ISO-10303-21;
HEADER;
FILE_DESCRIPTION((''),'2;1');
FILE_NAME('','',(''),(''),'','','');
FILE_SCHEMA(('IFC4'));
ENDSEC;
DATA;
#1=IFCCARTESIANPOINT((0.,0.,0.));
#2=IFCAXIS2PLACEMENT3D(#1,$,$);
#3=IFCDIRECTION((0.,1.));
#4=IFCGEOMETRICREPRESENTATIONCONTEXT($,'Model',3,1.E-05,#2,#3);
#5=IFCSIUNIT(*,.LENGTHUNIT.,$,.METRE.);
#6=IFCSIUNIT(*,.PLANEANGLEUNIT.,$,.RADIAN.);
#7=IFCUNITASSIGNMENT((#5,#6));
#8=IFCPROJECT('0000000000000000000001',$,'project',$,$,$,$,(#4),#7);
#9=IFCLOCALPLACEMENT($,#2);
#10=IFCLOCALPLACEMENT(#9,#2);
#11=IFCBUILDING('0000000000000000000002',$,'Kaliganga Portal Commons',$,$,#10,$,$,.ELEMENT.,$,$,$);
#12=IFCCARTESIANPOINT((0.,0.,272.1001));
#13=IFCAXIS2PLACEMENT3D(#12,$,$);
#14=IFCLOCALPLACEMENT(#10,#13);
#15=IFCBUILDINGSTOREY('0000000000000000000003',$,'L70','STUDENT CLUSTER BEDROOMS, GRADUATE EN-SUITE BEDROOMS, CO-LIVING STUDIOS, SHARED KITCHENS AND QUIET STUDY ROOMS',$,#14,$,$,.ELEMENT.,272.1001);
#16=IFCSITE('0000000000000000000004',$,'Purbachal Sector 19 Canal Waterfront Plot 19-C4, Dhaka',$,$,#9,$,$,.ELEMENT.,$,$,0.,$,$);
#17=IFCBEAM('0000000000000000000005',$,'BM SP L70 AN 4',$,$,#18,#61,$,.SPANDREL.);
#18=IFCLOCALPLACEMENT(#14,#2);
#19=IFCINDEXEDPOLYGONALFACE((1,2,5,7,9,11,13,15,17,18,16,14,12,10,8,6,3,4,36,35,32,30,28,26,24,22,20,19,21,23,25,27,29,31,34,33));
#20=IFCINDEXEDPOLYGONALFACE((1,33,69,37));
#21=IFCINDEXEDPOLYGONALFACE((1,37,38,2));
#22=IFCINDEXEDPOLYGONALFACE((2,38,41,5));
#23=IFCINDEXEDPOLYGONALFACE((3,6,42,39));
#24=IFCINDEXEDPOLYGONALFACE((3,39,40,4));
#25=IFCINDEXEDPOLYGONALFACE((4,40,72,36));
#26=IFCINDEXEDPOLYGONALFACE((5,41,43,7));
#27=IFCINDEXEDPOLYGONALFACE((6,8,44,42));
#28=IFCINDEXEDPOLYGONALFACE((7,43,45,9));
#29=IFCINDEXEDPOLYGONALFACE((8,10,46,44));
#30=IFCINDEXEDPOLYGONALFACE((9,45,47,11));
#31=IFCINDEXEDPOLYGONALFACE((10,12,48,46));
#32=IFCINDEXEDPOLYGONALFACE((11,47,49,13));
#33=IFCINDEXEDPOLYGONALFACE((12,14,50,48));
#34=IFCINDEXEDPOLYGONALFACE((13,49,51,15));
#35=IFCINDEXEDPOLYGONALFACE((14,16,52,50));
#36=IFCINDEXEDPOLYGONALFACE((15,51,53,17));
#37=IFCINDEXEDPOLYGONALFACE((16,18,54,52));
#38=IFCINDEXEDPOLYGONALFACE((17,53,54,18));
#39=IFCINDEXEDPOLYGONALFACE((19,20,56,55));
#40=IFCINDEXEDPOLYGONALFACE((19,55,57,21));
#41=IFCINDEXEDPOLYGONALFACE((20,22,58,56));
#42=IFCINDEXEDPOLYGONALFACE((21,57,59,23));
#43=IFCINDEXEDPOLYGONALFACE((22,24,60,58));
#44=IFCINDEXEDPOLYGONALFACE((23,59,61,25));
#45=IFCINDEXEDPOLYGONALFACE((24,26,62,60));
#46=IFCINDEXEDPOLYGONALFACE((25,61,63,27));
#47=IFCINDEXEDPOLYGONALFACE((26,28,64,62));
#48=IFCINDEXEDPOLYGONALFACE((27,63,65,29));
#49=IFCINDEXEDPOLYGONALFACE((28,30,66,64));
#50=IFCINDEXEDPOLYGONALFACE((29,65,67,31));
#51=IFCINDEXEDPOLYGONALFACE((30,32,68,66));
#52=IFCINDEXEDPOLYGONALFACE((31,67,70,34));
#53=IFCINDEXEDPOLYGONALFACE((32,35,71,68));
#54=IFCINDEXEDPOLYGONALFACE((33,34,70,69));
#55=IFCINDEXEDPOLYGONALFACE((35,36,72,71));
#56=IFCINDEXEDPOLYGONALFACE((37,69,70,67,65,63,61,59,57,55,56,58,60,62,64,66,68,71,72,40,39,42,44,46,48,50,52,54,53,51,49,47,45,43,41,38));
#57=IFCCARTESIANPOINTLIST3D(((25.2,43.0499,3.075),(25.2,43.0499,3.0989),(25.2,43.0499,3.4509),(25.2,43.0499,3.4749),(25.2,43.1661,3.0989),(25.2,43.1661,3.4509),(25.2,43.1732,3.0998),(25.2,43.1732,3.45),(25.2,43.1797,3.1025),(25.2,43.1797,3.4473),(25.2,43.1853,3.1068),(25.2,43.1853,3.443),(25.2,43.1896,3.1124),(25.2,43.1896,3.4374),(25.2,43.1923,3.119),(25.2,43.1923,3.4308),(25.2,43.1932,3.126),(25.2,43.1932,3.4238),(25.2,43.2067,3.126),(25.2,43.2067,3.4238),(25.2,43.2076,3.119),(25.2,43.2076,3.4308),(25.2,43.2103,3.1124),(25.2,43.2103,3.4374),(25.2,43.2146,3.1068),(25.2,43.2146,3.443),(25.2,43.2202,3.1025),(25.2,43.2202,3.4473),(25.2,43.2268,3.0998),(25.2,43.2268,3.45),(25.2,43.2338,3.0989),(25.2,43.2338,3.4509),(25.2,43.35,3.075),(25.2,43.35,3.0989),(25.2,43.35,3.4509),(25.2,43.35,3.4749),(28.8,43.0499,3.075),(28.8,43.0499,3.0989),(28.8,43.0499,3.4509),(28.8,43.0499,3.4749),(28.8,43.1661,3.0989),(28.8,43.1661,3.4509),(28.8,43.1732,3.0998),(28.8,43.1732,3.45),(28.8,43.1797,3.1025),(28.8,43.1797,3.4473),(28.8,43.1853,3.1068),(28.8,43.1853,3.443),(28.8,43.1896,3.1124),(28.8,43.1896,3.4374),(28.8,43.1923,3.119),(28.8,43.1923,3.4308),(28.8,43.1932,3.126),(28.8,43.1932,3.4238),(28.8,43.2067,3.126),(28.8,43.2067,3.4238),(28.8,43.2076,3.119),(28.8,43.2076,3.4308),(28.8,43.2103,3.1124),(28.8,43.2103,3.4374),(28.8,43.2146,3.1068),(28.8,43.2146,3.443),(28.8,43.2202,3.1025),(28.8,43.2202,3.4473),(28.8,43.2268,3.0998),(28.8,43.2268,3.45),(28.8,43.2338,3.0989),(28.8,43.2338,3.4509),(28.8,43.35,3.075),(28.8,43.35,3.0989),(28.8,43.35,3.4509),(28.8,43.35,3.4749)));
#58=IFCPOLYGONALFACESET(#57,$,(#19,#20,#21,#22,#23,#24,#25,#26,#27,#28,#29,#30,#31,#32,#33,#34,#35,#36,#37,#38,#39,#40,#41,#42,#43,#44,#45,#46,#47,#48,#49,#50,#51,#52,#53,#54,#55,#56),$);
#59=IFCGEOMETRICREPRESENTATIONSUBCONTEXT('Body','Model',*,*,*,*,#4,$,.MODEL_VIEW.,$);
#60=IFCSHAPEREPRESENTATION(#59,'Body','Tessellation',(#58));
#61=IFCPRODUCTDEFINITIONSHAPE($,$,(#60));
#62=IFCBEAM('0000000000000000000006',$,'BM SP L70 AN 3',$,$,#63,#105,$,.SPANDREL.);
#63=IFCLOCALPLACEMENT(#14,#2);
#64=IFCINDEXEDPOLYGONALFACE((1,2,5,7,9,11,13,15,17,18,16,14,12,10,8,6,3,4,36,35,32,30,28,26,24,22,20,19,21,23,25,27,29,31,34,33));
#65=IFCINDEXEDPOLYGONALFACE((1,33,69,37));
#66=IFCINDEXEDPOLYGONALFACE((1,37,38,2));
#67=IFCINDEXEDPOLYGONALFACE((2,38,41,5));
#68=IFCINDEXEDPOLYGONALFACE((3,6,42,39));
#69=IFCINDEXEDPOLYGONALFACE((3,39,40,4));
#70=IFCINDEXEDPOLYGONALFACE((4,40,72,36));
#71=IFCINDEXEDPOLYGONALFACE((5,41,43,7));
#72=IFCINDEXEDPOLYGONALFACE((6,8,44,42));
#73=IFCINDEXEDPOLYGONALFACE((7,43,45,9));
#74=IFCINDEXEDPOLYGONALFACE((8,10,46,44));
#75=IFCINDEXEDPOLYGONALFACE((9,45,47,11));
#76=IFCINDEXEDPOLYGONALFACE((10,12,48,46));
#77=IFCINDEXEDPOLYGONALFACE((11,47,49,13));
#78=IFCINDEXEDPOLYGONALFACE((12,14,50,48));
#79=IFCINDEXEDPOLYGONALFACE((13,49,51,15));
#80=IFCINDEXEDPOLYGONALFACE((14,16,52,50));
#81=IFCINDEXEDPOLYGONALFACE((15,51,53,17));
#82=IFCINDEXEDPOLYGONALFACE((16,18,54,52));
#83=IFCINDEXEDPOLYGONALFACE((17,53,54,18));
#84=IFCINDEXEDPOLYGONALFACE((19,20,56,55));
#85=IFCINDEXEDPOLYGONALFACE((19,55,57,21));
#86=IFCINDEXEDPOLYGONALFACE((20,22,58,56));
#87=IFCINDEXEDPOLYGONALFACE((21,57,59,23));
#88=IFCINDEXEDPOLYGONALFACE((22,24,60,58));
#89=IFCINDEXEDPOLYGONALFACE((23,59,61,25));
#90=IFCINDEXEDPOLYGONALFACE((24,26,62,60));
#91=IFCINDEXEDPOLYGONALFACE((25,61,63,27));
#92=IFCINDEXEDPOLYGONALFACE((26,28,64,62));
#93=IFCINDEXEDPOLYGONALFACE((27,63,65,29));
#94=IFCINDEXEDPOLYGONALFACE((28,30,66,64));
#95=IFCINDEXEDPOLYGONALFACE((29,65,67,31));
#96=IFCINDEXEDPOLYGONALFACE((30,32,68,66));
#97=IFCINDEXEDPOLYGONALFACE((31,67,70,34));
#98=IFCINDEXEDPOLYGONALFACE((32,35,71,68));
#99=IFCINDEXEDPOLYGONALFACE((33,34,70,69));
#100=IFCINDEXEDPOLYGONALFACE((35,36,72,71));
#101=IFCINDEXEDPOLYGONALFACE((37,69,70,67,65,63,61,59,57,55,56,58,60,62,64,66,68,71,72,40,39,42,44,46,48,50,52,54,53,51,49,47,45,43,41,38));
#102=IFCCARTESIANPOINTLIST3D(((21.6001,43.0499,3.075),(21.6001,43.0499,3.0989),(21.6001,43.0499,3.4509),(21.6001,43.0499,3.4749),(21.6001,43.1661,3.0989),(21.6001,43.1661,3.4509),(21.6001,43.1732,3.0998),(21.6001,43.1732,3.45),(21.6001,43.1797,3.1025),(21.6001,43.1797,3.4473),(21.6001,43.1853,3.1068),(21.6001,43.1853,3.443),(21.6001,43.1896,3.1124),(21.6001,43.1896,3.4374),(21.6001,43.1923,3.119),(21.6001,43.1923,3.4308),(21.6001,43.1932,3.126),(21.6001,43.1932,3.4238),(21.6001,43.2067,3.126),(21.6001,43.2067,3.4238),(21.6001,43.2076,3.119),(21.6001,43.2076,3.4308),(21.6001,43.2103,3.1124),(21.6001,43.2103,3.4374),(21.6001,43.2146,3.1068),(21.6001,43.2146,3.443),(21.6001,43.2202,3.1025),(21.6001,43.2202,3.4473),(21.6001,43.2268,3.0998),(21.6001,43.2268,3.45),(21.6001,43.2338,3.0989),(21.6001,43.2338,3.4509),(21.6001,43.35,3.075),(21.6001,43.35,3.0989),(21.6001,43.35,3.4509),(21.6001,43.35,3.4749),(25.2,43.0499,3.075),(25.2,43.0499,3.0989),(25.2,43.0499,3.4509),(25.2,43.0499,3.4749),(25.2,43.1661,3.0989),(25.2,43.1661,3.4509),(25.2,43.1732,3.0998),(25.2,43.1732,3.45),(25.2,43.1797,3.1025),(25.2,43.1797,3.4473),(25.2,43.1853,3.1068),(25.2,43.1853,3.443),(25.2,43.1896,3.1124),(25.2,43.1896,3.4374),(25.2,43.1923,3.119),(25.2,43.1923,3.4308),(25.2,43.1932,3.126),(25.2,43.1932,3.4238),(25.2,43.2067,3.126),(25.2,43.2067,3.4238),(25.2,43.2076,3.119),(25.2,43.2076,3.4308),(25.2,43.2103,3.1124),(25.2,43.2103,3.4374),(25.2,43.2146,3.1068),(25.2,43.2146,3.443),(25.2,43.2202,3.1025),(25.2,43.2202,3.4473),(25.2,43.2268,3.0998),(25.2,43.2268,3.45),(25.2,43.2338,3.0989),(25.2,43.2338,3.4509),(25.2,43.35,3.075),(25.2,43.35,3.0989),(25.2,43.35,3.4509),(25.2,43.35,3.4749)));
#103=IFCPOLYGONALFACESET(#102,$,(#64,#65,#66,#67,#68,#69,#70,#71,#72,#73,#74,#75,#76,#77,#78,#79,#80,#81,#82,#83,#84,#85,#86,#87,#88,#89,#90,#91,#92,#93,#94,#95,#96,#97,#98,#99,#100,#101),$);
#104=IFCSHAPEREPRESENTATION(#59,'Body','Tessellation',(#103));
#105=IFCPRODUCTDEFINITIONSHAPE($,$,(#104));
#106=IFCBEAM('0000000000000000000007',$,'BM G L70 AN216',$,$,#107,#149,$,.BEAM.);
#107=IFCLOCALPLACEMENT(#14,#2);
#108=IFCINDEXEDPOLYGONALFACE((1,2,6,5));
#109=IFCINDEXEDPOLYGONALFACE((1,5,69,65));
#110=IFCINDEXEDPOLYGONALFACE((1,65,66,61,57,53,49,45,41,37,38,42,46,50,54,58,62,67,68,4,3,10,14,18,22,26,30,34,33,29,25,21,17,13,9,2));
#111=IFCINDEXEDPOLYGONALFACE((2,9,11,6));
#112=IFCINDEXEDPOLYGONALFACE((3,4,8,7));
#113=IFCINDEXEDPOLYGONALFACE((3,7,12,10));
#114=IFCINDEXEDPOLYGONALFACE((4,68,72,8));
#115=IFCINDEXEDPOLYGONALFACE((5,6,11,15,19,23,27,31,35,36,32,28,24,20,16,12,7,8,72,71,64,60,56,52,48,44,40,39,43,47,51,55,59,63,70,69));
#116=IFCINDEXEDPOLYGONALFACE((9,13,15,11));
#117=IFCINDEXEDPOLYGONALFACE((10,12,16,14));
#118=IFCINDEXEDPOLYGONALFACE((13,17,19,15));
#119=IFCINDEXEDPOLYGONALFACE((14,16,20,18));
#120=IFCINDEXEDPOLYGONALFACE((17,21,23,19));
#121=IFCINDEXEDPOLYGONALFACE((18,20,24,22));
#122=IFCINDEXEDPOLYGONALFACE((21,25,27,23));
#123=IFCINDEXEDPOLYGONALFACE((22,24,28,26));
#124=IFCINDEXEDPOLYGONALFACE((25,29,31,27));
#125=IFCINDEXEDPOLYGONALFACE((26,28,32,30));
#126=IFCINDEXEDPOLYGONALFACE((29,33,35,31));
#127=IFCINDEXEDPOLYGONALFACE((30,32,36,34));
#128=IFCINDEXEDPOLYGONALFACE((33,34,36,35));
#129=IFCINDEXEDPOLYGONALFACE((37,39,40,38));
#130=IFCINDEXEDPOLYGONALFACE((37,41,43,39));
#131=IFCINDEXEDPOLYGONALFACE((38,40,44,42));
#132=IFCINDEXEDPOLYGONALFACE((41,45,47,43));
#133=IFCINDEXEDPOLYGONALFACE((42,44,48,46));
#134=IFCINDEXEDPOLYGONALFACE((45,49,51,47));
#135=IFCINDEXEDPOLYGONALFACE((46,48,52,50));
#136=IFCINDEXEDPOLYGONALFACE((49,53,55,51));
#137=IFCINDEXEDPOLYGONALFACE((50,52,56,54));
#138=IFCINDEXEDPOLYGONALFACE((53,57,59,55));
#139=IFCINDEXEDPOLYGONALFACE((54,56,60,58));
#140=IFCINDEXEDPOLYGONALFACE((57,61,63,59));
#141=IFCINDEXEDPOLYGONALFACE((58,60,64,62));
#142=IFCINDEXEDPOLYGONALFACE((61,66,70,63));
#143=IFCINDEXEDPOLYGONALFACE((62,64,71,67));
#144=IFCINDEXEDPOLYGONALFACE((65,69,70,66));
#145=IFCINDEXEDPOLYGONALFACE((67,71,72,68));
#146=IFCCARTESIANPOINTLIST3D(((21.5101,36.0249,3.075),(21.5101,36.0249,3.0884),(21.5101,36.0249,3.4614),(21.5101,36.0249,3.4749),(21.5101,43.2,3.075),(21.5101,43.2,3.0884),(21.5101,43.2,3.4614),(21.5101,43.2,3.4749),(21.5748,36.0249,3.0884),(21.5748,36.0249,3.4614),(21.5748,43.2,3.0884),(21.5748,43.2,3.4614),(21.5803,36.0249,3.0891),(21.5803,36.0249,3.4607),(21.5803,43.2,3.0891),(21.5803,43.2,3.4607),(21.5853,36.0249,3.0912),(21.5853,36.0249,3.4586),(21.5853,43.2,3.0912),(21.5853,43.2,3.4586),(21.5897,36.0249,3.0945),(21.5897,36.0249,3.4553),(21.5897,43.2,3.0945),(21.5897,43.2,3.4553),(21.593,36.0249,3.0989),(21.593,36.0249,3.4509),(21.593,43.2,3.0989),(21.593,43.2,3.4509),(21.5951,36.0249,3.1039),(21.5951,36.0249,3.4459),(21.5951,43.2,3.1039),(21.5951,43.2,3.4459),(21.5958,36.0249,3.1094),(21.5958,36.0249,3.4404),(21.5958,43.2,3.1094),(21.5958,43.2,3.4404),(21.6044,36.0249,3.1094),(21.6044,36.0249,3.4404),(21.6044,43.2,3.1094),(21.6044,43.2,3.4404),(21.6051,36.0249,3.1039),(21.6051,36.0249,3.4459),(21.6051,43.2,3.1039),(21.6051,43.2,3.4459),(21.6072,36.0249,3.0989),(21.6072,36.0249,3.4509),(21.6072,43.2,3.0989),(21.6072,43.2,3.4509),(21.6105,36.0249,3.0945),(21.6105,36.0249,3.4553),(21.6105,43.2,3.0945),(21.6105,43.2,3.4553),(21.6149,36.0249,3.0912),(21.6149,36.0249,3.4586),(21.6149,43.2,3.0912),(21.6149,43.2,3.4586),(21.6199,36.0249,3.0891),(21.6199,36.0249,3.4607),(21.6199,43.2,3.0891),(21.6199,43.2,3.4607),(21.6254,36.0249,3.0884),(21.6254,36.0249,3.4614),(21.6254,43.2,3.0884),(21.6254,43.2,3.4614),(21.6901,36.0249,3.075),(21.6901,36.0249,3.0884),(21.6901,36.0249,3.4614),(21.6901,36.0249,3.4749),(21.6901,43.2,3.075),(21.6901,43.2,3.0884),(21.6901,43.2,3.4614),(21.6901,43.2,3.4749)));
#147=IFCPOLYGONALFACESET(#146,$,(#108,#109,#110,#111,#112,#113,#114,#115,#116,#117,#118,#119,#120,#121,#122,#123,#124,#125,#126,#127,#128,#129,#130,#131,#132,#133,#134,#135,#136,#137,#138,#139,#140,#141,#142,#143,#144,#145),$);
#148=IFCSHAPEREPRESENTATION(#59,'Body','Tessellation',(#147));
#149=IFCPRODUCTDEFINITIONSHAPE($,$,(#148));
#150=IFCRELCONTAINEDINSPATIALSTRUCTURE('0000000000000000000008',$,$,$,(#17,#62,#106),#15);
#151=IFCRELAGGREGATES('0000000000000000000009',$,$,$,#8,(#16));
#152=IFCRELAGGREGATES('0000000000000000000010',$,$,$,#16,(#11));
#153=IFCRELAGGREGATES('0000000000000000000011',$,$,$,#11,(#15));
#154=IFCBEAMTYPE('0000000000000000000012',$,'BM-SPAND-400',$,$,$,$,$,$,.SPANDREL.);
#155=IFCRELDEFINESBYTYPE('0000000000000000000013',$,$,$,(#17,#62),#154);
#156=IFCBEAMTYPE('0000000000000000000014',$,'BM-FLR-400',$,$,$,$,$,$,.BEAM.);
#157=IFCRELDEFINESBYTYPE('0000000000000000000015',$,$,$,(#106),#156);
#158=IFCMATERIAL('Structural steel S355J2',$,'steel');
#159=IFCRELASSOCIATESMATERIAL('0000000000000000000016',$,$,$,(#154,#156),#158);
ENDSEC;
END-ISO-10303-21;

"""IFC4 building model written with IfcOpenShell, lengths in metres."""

from ifc_helpers import new_model, si_unit, direction, frame, origin, origin_2d, place, context, subcontext, project, spatial, i_section, extrude, source, transform, mapped, material, material_profile, profile_set, type_object, element, save


model = new_model("IFC4")

# Units and contexts
model_context = context("Model", 3, precision=1e-05, world=origin(), true_north=direction((0.0, 1.0)))
body_context = subcontext(model_context, "Body", "Model", "MODEL_VIEW")
ifc_project = project(units=[si_unit("LENGTHUNIT", "METRE"), si_unit("PLANEANGLEUNIT", "RADIAN")], contexts=[model_context])

# Site, building, storey
site_placement = place(None, origin())
site = spatial("IfcSite", under=ifc_project, at=site_placement, Name="Purbachal Sector 19 Canal Waterfront Plot 19-C4, Dhaka", CompositionType="ELEMENT", RefElevation=0.0)
building_placement = place(site_placement, origin())
building = spatial("IfcBuilding", under=site, at=building_placement, Name="Kaliganga Portal Commons", CompositionType="ELEMENT")
storey_placement = place(building_placement, frame((0.0, 0.0, 272.1001)))
storey = spatial("IfcBuildingStorey", under=building, at=storey_placement, Name="L70", Description="STUDENT CLUSTER BEDROOMS, GRADUATE EN-SUITE BEDROOMS, CO-LIVING STUDIOS, SHARED KITCHENS AND QUIET STUDY ROOMS", CompositionType="ELEMENT", Elevation=272.1001)

# Shared definitions
ifc_material_1 = material(Name="Structural steel S355J2", Category="steel")

# Beams
ifc_material_profile_1 = material_profile(ifc_material_1, i_section(OverallWidth=0.3, OverallDepth=0.3999, WebThickness=0.0134, FlangeThickness=0.0239, FilletRadius=0.0271, at=origin_2d()), Name="HE 400 B")
ifc_profile_set_1 = profile_set([ifc_material_profile_1], Name="Structural steel S355J2 wide-flange")
beam_type_1 = type_object("IfcBeamType", Name="BM-SPAND-400", PredefinedType="SPANDREL", material=ifc_profile_set_1)
shared_shape_1 = source(origin(), body_context, "Body", "SweptSolid", [
    extrude(i_section(OverallWidth=0.3, OverallDepth=0.3999, WebThickness=0.0134, FlangeThickness=0.0239, FilletRadius=0.0271, at=origin_2d()), origin(), (0.0, 0.0, 1.0), 3.6001),
])
for number, where, z_axis, x_axis, name in (
    (1, (25.2, 43.2, 3.2749), (1.0, 0.0, 0.0), (0.0, 1.0, 0.0), "BM SP L70 AN 4"),
):
    element("IfcBeam", number, at=place(storey_placement, frame(where, z_axis=z_axis, x_axis=x_axis)), inside=storey, type_object=beam_type_1, Name=name, PredefinedType="SPANDREL", context=body_context, shape_type="MappedRepresentation", body=[
        mapped(shared_shape_1, transform((0.0, 0.0, 0.0), x_axis=(1.0, 0.0, 0.0), y_axis=(0.0, 1.0, 0.0), z_axis=(0.0, 0.0, 1.0), scale=1.0)),
    ])
shared_shape_2 = source(origin(), body_context, "Body", "SweptSolid", [
    extrude(i_section(OverallWidth=0.3, OverallDepth=0.3999, WebThickness=0.0134, FlangeThickness=0.0239, FilletRadius=0.0271, at=origin_2d()), origin(), (0.0, 0.0, 1.0), 3.5999),
])
beam_1_placement = place(storey_placement, frame((21.6001, 43.2, 3.2749), z_axis=(1.0, 0.0, 0.0), x_axis=(0.0, 1.0, 0.0)))
element("IfcBeam", 2, at=beam_1_placement, inside=storey, type_object=beam_type_1, Name="BM SP L70 AN 3", PredefinedType="SPANDREL", context=body_context, shape_type="MappedRepresentation", body=[
    mapped(shared_shape_2, transform((0.0, 0.0, 0.0), x_axis=(1.0, 0.0, 0.0), y_axis=(0.0, 1.0, 0.0), z_axis=(0.0, 0.0, 1.0), scale=1.0)),
])
ifc_material_profile_2 = material_profile(ifc_material_1, i_section(OverallWidth=0.1799, OverallDepth=0.3999, WebThickness=0.0085, FlangeThickness=0.0134, FilletRadius=0.021, at=origin_2d()), Name="IPE 400")
ifc_profile_set_2 = profile_set([ifc_material_profile_2], Name="Structural steel S355J2 wide-flange")
beam_type_2 = type_object("IfcBeamType", Name="BM-FLR-400", PredefinedType="BEAM", material=ifc_profile_set_2)
shared_shape_3 = source(origin(), body_context, "Body", "SweptSolid", [
    extrude(i_section(OverallWidth=0.1799, OverallDepth=0.3999, WebThickness=0.0085, FlangeThickness=0.0134, FilletRadius=0.021, at=origin_2d()), origin(), (0.0, 0.0, 1.0), 7.175),
])
beam_2_placement = place(storey_placement, frame((21.6001, 36.0249, 3.2749), z_axis=(0.0, 1.0, 0.0), x_axis=(-1.0, 0.0, 0.0)))
element("IfcBeam", 3, at=beam_2_placement, inside=storey, type_object=beam_type_2, Name="BM G L70 AN216", PredefinedType="BEAM", context=body_context, shape_type="MappedRepresentation", body=[
    mapped(shared_shape_3, transform((0.0, 0.0, 0.0), x_axis=(1.0, 0.0, 0.0), y_axis=(0.0, 1.0, 0.0), z_axis=(0.0, 0.0, 1.0), scale=1.0)),
])

save(model, "model.ifc")
